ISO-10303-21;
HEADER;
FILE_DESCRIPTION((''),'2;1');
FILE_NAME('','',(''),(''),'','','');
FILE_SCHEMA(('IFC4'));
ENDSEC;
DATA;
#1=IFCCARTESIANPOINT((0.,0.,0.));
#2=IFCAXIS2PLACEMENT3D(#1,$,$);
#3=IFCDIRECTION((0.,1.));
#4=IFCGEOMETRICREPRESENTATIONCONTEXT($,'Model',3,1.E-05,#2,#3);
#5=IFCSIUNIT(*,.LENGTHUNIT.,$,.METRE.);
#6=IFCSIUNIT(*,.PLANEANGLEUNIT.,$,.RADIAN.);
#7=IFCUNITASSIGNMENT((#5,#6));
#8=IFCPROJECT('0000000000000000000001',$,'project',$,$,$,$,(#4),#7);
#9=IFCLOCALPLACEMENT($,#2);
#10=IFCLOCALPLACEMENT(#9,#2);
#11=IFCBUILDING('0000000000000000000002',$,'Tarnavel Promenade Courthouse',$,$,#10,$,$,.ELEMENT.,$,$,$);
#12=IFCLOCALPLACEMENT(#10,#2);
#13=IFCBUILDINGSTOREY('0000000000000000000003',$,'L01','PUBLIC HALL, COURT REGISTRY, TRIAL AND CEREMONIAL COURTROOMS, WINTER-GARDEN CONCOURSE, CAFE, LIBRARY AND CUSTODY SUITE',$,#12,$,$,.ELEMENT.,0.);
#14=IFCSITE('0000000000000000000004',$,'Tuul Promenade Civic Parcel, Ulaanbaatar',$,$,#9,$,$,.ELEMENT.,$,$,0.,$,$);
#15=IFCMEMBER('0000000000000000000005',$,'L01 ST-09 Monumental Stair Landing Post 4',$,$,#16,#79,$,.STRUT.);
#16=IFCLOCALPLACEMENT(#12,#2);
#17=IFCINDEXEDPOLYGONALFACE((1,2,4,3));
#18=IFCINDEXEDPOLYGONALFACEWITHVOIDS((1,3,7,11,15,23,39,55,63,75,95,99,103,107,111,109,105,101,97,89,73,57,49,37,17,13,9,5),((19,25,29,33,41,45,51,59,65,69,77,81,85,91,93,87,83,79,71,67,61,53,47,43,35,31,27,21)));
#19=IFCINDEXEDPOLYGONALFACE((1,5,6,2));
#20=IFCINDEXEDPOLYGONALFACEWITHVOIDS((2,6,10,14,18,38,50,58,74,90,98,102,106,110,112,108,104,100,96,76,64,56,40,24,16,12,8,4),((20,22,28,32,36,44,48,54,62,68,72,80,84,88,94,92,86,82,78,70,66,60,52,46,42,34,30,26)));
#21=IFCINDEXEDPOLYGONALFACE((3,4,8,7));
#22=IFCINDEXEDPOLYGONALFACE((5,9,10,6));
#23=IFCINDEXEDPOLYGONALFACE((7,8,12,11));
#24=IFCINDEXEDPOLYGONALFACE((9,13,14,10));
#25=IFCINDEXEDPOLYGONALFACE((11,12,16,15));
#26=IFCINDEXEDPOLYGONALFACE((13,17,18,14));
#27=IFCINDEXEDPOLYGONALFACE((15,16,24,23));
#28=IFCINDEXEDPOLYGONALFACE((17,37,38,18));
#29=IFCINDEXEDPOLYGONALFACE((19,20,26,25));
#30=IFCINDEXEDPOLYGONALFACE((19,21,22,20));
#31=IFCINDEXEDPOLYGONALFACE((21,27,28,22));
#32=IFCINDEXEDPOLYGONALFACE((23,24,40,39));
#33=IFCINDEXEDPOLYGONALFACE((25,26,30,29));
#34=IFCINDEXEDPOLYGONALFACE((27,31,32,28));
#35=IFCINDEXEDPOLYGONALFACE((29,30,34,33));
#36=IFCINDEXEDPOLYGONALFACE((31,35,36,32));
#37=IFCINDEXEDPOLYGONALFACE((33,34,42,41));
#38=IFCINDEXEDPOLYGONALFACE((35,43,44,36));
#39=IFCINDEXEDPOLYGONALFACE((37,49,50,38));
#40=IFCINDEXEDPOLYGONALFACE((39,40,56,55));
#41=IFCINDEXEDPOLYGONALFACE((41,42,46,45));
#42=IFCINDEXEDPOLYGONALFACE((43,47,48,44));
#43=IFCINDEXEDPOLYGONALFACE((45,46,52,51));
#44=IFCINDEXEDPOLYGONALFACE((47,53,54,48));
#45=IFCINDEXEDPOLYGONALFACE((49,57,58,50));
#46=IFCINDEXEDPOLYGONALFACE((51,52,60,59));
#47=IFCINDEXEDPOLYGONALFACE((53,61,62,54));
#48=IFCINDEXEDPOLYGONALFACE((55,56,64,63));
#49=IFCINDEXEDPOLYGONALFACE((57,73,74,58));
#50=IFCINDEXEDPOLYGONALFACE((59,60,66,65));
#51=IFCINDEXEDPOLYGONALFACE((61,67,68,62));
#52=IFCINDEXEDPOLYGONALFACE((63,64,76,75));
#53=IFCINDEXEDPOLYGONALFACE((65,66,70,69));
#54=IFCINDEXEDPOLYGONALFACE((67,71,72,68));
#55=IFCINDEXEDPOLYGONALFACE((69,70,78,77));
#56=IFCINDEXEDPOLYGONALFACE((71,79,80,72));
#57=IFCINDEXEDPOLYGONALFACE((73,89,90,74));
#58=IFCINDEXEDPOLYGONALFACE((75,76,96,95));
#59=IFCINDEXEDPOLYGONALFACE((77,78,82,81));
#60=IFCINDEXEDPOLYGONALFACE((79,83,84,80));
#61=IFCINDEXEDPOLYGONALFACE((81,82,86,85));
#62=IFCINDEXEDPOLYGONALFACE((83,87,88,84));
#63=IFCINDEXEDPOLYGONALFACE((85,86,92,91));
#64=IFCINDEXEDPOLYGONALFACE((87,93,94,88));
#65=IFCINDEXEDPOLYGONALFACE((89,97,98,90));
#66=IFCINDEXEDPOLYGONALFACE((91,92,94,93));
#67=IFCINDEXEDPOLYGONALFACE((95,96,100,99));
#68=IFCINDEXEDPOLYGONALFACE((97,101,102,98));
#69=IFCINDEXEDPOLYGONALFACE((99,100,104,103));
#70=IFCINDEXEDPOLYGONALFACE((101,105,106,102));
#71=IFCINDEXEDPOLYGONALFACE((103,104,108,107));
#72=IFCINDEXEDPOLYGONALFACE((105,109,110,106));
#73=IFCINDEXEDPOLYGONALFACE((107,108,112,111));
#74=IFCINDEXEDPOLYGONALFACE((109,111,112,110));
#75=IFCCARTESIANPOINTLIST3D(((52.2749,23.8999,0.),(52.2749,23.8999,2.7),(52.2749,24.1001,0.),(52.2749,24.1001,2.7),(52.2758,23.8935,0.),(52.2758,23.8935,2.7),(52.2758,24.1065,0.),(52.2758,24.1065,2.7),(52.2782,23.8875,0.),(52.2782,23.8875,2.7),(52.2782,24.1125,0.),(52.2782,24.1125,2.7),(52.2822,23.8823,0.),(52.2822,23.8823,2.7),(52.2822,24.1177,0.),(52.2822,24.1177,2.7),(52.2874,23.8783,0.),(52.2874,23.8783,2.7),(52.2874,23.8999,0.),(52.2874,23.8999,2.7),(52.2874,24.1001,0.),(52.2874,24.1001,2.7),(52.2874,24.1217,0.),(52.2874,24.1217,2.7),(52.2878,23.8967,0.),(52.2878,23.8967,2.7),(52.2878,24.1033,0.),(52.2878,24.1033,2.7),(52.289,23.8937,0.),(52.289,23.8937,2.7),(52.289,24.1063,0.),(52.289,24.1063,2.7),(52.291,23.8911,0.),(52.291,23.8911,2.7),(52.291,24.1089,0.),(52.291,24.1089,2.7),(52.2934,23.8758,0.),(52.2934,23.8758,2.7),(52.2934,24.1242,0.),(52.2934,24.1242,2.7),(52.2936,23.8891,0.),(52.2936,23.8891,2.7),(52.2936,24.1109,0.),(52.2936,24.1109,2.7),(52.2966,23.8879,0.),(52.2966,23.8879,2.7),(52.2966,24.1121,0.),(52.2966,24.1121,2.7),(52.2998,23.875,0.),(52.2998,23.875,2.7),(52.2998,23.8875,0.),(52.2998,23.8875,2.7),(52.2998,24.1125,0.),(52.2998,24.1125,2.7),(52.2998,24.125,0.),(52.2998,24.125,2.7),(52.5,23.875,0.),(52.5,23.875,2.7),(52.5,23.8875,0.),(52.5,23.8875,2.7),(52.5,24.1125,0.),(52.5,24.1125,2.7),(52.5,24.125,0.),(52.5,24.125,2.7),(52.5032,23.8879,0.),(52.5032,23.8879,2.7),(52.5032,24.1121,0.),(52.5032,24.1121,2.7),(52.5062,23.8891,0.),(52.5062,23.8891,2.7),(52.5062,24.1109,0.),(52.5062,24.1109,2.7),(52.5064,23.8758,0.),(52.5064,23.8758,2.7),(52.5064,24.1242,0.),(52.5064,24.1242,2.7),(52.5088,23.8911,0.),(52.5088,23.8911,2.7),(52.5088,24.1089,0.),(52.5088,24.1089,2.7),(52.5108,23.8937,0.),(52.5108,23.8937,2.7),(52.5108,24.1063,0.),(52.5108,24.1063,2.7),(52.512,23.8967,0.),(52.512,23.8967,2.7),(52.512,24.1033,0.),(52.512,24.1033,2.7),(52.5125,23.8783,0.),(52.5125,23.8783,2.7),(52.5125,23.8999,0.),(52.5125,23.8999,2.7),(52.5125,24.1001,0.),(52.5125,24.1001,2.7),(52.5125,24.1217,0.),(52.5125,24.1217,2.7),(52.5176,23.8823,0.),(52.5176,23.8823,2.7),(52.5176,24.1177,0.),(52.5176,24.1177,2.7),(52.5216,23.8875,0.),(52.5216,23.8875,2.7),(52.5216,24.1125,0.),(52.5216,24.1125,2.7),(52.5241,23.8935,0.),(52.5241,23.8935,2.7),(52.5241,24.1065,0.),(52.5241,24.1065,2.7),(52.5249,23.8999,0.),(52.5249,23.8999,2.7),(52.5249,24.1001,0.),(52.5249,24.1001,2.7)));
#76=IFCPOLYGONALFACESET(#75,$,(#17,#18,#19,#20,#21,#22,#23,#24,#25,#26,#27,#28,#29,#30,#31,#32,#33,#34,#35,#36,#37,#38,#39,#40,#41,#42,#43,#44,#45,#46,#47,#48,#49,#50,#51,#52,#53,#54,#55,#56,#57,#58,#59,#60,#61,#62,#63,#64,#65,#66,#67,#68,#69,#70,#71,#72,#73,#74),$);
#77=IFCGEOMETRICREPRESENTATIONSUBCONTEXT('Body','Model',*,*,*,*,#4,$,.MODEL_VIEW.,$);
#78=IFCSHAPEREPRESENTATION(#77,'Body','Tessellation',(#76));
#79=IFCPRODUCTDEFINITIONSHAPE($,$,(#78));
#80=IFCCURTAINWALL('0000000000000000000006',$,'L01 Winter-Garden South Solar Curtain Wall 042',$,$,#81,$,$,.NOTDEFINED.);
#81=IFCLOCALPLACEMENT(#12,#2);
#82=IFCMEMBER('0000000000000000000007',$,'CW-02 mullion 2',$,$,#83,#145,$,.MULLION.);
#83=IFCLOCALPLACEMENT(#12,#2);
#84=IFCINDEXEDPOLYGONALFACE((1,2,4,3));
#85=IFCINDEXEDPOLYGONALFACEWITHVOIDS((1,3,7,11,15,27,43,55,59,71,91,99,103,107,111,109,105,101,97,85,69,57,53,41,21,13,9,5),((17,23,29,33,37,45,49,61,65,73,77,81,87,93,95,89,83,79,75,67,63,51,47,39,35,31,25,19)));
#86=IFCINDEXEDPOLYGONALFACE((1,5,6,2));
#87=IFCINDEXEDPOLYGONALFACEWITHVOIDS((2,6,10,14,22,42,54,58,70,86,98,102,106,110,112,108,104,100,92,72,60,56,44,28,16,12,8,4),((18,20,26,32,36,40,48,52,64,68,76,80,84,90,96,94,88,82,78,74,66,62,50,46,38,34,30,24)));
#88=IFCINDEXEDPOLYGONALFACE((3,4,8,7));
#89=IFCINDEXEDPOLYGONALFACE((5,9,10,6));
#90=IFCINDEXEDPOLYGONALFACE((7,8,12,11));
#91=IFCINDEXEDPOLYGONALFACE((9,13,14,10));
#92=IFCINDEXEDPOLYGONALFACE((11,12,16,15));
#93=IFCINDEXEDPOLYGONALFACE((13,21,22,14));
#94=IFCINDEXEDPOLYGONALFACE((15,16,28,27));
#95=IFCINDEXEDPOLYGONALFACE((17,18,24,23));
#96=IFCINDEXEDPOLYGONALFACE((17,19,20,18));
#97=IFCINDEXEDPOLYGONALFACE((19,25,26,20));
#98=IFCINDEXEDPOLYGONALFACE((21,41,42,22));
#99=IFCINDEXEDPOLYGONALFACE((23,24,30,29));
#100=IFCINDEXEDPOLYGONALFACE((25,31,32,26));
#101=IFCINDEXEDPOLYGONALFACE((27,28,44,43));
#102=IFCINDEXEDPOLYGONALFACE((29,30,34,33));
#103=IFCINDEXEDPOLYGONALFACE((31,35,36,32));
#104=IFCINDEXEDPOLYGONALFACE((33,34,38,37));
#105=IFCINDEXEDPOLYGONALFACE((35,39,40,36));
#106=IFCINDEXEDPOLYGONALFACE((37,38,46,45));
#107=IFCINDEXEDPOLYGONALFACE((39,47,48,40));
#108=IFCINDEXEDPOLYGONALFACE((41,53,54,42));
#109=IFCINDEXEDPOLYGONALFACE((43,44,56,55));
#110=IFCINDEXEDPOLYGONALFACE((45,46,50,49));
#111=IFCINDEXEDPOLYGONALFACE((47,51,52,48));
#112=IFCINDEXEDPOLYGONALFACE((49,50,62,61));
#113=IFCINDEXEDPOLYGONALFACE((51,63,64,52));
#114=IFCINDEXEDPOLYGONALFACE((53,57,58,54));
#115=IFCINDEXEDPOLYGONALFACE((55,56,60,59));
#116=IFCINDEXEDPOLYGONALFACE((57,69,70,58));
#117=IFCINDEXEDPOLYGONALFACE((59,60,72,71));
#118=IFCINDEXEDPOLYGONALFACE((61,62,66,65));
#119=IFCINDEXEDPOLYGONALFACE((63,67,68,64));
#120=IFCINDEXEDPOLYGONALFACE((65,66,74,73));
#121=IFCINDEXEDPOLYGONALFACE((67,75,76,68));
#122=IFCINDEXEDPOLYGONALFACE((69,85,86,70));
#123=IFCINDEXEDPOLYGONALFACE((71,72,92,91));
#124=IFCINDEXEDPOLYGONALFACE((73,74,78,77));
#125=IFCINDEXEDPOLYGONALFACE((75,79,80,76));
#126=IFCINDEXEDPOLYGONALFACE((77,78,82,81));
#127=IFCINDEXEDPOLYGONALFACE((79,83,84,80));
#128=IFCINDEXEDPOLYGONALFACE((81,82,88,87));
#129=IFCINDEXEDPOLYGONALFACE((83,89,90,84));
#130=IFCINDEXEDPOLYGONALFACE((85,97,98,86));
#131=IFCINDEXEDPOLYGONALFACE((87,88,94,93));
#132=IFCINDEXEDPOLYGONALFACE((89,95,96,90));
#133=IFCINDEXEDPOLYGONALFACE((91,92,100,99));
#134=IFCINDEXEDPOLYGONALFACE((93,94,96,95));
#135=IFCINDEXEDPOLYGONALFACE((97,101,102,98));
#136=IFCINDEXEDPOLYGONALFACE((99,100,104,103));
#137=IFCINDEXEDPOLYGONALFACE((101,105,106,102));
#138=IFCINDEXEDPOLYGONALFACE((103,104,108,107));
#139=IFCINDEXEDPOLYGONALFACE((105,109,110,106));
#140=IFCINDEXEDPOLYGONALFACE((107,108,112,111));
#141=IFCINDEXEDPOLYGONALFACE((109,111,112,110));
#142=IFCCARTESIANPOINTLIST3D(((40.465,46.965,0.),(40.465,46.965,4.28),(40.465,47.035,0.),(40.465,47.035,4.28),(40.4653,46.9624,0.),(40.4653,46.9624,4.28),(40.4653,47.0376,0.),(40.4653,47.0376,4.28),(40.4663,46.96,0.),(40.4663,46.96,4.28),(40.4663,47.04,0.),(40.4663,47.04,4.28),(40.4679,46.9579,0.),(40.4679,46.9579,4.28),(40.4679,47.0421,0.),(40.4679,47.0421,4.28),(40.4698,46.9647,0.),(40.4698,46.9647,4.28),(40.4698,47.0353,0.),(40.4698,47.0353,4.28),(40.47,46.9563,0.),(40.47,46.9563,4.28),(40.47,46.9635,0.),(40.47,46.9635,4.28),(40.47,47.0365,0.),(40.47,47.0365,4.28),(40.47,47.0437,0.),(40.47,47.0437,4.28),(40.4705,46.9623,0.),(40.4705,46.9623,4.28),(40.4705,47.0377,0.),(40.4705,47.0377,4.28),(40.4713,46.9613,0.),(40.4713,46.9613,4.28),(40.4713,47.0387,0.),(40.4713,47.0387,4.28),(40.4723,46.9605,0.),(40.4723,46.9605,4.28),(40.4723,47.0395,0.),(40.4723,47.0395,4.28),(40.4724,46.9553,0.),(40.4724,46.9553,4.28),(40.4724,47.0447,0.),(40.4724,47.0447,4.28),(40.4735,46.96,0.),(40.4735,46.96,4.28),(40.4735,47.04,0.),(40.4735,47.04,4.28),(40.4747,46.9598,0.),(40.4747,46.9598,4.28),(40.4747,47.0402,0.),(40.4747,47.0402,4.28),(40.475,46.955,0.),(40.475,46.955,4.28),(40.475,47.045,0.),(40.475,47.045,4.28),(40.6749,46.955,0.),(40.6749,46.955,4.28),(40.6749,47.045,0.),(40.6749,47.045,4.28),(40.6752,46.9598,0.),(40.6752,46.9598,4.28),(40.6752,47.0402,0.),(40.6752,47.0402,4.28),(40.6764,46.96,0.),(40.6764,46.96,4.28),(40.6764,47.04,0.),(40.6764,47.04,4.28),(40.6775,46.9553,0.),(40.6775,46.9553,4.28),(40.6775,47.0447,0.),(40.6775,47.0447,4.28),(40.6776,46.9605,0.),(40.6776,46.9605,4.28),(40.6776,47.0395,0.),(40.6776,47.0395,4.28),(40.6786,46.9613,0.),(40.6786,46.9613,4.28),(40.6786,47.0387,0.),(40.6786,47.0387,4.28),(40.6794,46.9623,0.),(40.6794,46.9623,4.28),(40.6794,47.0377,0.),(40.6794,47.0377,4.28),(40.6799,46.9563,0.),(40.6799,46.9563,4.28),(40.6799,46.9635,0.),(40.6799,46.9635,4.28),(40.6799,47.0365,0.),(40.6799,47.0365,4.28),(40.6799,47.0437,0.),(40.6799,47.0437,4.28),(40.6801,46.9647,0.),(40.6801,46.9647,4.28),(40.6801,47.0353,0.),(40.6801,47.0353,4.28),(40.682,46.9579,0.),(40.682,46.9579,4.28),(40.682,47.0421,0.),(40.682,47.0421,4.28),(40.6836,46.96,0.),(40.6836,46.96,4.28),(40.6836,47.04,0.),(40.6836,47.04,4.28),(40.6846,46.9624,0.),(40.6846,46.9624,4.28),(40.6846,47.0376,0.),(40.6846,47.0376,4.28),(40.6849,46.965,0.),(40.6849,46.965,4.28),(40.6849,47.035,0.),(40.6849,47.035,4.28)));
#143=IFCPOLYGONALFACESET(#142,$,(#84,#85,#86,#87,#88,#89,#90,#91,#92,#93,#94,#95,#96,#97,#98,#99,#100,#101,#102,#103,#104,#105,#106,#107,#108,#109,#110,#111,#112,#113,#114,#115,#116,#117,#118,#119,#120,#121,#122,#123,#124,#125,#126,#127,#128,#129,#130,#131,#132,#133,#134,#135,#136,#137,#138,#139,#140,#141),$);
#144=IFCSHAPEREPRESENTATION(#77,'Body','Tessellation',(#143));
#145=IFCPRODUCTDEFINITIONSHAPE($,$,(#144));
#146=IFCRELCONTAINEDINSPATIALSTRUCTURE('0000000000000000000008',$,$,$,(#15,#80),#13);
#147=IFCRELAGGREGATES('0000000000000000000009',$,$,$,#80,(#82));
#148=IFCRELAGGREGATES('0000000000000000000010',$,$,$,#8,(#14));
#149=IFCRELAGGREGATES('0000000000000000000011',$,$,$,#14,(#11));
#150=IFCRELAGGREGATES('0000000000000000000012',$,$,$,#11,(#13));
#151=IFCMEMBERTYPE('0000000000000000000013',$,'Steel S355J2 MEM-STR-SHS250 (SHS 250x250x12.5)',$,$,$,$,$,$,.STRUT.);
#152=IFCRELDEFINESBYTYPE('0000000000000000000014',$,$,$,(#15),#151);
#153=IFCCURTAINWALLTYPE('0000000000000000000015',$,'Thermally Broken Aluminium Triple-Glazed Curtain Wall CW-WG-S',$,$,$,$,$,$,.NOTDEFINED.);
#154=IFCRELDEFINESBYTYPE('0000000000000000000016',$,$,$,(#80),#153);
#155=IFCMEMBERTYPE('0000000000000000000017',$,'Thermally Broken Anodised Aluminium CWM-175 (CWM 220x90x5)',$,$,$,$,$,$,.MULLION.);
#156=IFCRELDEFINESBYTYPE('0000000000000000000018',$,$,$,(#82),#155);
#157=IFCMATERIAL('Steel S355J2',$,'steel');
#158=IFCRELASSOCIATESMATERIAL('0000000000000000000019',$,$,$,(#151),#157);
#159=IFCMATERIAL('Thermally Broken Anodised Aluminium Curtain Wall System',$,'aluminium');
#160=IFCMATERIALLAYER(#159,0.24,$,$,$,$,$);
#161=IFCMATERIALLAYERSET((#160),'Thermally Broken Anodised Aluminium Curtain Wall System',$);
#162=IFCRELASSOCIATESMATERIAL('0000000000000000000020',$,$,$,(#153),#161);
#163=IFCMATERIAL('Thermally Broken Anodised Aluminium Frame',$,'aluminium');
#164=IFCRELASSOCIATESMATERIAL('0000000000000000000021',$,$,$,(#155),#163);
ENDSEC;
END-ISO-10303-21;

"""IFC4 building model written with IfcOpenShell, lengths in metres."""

from ifc_helpers import new_model, si_unit, direction, frame, origin, origin_2d, place, context, subcontext, project, spatial, hollow_rectangle, extrude, material, layer, layer_set, material_profile, profile_set, type_object, element, aggregate, save


model = new_model("IFC4")

# Units and contexts
model_context = context("Model", 3, precision=1e-05, world=origin(), true_north=direction((0.0, 1.0)))
body_context = subcontext(model_context, "Body", "Model", "MODEL_VIEW")
ifc_project = project(units=[si_unit("LENGTHUNIT", "METRE"), si_unit("PLANEANGLEUNIT", "RADIAN")], contexts=[model_context])

# Site, building, storey
site_placement = place(None, origin())
site = spatial("IfcSite", under=ifc_project, at=site_placement, Name="Tuul Promenade Civic Parcel, Ulaanbaatar", CompositionType="ELEMENT", RefElevation=0.0)
building_placement = place(site_placement, origin())
building = spatial("IfcBuilding", under=site, at=building_placement, Name="Tarnavel Promenade Courthouse", CompositionType="ELEMENT")
storey_placement = place(building_placement, origin())
storey = spatial("IfcBuildingStorey", under=building, at=storey_placement, Name="L01", Description="PUBLIC HALL, COURT REGISTRY, TRIAL AND CEREMONIAL COURTROOMS, WINTER-GARDEN CONCOURSE, CAFE, LIBRARY AND CUSTODY SUITE", CompositionType="ELEMENT", Elevation=0.0)

# Member
ifc_material_1 = material(Name="Steel S355J2", Category="steel")
ifc_material_profile_1 = material_profile(ifc_material_1, hollow_rectangle(XDim=0.25, YDim=0.25, WallThickness=0.0125, InnerFilletRadius=0.0125, OuterFilletRadius=0.0249, at=origin_2d()), Name="SHS 250x250x12.5")
ifc_profile_set_1 = profile_set([ifc_material_profile_1], Name="Steel S355J2")
member_type_1 = type_object("IfcMemberType", Name="Steel S355J2 MEM-STR-SHS250 (SHS 250x250x12.5)", PredefinedType="STRUT", material=ifc_profile_set_1)
for number, where, z_axis, x_axis, name in (
    (1, (52.3999, 24.0, 0.0), (0.0, 0.0, 1.0), (1.0, 0.0, 0.0), "L01 ST-09 Monumental Stair Landing Post 4"),
):
    element("IfcMember", number, at=place(storey_placement, frame(where, z_axis=z_axis, x_axis=x_axis)), inside=storey, type_object=member_type_1, Name=name, PredefinedType="STRUT", context=body_context, shape_type="SweptSolid", body=[
        extrude(hollow_rectangle(XDim=0.25, YDim=0.25, WallThickness=0.0125, InnerFilletRadius=0.0125, OuterFilletRadius=0.0249, at=origin_2d()), origin(), (0.0, 0.0, 1.0), 2.7),
    ])

# Curtain wall, member
ifc_material_2 = material(Name="Thermally Broken Anodised Aluminium Curtain Wall System", Category="aluminium")
ifc_layer_1 = layer(ifc_material_2, 0.24)
ifc_layer_set_1 = layer_set([ifc_layer_1], Name="Thermally Broken Anodised Aluminium Curtain Wall System")
curtain_wall_type = type_object("IfcCurtainWallType", Name="Thermally Broken Aluminium Triple-Glazed Curtain Wall CW-WG-S", PredefinedType="NOTDEFINED", material=ifc_layer_set_1)
curtain_wall_1_placement = place(storey_placement, origin())
curtain_wall_1 = element("IfcCurtainWall", 2, at=curtain_wall_1_placement, inside=storey, type_object=curtain_wall_type, Name="L01 Winter-Garden South Solar Curtain Wall 042", PredefinedType="NOTDEFINED")
ifc_material_3 = material(Name="Thermally Broken Anodised Aluminium Frame", Category="aluminium")
ifc_material_profile_2 = material_profile(ifc_material_3, hollow_rectangle(XDim=0.0901, YDim=0.22, WallThickness=0.0049, InnerFilletRadius=0.0049, OuterFilletRadius=0.01, at=origin_2d()), Name="CWM 220x90x5")
ifc_profile_set_2 = profile_set([ifc_material_profile_2], Name="Thermally Broken Anodised Aluminium Frame")
member_type_2 = type_object("IfcMemberType", Name="Thermally Broken Anodised Aluminium CWM-175 (CWM 220x90x5)", PredefinedType="MULLION", material=ifc_profile_set_2)
member_1_placement = place(storey_placement, frame((40.575, 47.0, 0.0), z_axis=(0.0, 0.0, 1.0), x_axis=(0.0, 1.0, 0.0)))
member_1 = element("IfcMember", 3, at=member_1_placement, type_object=member_type_2, Name="CW-02 mullion 2", PredefinedType="MULLION", context=body_context, shape_type="SweptSolid", body=[
    extrude(hollow_rectangle(XDim=0.0901, YDim=0.22, WallThickness=0.0049, InnerFilletRadius=0.0049, OuterFilletRadius=0.01, at=origin_2d()), origin(), (0.0, 0.0, 1.0), 4.28),
])

aggregate(curtain_wall_1, [member_1])

save(model, "model.ifc")
